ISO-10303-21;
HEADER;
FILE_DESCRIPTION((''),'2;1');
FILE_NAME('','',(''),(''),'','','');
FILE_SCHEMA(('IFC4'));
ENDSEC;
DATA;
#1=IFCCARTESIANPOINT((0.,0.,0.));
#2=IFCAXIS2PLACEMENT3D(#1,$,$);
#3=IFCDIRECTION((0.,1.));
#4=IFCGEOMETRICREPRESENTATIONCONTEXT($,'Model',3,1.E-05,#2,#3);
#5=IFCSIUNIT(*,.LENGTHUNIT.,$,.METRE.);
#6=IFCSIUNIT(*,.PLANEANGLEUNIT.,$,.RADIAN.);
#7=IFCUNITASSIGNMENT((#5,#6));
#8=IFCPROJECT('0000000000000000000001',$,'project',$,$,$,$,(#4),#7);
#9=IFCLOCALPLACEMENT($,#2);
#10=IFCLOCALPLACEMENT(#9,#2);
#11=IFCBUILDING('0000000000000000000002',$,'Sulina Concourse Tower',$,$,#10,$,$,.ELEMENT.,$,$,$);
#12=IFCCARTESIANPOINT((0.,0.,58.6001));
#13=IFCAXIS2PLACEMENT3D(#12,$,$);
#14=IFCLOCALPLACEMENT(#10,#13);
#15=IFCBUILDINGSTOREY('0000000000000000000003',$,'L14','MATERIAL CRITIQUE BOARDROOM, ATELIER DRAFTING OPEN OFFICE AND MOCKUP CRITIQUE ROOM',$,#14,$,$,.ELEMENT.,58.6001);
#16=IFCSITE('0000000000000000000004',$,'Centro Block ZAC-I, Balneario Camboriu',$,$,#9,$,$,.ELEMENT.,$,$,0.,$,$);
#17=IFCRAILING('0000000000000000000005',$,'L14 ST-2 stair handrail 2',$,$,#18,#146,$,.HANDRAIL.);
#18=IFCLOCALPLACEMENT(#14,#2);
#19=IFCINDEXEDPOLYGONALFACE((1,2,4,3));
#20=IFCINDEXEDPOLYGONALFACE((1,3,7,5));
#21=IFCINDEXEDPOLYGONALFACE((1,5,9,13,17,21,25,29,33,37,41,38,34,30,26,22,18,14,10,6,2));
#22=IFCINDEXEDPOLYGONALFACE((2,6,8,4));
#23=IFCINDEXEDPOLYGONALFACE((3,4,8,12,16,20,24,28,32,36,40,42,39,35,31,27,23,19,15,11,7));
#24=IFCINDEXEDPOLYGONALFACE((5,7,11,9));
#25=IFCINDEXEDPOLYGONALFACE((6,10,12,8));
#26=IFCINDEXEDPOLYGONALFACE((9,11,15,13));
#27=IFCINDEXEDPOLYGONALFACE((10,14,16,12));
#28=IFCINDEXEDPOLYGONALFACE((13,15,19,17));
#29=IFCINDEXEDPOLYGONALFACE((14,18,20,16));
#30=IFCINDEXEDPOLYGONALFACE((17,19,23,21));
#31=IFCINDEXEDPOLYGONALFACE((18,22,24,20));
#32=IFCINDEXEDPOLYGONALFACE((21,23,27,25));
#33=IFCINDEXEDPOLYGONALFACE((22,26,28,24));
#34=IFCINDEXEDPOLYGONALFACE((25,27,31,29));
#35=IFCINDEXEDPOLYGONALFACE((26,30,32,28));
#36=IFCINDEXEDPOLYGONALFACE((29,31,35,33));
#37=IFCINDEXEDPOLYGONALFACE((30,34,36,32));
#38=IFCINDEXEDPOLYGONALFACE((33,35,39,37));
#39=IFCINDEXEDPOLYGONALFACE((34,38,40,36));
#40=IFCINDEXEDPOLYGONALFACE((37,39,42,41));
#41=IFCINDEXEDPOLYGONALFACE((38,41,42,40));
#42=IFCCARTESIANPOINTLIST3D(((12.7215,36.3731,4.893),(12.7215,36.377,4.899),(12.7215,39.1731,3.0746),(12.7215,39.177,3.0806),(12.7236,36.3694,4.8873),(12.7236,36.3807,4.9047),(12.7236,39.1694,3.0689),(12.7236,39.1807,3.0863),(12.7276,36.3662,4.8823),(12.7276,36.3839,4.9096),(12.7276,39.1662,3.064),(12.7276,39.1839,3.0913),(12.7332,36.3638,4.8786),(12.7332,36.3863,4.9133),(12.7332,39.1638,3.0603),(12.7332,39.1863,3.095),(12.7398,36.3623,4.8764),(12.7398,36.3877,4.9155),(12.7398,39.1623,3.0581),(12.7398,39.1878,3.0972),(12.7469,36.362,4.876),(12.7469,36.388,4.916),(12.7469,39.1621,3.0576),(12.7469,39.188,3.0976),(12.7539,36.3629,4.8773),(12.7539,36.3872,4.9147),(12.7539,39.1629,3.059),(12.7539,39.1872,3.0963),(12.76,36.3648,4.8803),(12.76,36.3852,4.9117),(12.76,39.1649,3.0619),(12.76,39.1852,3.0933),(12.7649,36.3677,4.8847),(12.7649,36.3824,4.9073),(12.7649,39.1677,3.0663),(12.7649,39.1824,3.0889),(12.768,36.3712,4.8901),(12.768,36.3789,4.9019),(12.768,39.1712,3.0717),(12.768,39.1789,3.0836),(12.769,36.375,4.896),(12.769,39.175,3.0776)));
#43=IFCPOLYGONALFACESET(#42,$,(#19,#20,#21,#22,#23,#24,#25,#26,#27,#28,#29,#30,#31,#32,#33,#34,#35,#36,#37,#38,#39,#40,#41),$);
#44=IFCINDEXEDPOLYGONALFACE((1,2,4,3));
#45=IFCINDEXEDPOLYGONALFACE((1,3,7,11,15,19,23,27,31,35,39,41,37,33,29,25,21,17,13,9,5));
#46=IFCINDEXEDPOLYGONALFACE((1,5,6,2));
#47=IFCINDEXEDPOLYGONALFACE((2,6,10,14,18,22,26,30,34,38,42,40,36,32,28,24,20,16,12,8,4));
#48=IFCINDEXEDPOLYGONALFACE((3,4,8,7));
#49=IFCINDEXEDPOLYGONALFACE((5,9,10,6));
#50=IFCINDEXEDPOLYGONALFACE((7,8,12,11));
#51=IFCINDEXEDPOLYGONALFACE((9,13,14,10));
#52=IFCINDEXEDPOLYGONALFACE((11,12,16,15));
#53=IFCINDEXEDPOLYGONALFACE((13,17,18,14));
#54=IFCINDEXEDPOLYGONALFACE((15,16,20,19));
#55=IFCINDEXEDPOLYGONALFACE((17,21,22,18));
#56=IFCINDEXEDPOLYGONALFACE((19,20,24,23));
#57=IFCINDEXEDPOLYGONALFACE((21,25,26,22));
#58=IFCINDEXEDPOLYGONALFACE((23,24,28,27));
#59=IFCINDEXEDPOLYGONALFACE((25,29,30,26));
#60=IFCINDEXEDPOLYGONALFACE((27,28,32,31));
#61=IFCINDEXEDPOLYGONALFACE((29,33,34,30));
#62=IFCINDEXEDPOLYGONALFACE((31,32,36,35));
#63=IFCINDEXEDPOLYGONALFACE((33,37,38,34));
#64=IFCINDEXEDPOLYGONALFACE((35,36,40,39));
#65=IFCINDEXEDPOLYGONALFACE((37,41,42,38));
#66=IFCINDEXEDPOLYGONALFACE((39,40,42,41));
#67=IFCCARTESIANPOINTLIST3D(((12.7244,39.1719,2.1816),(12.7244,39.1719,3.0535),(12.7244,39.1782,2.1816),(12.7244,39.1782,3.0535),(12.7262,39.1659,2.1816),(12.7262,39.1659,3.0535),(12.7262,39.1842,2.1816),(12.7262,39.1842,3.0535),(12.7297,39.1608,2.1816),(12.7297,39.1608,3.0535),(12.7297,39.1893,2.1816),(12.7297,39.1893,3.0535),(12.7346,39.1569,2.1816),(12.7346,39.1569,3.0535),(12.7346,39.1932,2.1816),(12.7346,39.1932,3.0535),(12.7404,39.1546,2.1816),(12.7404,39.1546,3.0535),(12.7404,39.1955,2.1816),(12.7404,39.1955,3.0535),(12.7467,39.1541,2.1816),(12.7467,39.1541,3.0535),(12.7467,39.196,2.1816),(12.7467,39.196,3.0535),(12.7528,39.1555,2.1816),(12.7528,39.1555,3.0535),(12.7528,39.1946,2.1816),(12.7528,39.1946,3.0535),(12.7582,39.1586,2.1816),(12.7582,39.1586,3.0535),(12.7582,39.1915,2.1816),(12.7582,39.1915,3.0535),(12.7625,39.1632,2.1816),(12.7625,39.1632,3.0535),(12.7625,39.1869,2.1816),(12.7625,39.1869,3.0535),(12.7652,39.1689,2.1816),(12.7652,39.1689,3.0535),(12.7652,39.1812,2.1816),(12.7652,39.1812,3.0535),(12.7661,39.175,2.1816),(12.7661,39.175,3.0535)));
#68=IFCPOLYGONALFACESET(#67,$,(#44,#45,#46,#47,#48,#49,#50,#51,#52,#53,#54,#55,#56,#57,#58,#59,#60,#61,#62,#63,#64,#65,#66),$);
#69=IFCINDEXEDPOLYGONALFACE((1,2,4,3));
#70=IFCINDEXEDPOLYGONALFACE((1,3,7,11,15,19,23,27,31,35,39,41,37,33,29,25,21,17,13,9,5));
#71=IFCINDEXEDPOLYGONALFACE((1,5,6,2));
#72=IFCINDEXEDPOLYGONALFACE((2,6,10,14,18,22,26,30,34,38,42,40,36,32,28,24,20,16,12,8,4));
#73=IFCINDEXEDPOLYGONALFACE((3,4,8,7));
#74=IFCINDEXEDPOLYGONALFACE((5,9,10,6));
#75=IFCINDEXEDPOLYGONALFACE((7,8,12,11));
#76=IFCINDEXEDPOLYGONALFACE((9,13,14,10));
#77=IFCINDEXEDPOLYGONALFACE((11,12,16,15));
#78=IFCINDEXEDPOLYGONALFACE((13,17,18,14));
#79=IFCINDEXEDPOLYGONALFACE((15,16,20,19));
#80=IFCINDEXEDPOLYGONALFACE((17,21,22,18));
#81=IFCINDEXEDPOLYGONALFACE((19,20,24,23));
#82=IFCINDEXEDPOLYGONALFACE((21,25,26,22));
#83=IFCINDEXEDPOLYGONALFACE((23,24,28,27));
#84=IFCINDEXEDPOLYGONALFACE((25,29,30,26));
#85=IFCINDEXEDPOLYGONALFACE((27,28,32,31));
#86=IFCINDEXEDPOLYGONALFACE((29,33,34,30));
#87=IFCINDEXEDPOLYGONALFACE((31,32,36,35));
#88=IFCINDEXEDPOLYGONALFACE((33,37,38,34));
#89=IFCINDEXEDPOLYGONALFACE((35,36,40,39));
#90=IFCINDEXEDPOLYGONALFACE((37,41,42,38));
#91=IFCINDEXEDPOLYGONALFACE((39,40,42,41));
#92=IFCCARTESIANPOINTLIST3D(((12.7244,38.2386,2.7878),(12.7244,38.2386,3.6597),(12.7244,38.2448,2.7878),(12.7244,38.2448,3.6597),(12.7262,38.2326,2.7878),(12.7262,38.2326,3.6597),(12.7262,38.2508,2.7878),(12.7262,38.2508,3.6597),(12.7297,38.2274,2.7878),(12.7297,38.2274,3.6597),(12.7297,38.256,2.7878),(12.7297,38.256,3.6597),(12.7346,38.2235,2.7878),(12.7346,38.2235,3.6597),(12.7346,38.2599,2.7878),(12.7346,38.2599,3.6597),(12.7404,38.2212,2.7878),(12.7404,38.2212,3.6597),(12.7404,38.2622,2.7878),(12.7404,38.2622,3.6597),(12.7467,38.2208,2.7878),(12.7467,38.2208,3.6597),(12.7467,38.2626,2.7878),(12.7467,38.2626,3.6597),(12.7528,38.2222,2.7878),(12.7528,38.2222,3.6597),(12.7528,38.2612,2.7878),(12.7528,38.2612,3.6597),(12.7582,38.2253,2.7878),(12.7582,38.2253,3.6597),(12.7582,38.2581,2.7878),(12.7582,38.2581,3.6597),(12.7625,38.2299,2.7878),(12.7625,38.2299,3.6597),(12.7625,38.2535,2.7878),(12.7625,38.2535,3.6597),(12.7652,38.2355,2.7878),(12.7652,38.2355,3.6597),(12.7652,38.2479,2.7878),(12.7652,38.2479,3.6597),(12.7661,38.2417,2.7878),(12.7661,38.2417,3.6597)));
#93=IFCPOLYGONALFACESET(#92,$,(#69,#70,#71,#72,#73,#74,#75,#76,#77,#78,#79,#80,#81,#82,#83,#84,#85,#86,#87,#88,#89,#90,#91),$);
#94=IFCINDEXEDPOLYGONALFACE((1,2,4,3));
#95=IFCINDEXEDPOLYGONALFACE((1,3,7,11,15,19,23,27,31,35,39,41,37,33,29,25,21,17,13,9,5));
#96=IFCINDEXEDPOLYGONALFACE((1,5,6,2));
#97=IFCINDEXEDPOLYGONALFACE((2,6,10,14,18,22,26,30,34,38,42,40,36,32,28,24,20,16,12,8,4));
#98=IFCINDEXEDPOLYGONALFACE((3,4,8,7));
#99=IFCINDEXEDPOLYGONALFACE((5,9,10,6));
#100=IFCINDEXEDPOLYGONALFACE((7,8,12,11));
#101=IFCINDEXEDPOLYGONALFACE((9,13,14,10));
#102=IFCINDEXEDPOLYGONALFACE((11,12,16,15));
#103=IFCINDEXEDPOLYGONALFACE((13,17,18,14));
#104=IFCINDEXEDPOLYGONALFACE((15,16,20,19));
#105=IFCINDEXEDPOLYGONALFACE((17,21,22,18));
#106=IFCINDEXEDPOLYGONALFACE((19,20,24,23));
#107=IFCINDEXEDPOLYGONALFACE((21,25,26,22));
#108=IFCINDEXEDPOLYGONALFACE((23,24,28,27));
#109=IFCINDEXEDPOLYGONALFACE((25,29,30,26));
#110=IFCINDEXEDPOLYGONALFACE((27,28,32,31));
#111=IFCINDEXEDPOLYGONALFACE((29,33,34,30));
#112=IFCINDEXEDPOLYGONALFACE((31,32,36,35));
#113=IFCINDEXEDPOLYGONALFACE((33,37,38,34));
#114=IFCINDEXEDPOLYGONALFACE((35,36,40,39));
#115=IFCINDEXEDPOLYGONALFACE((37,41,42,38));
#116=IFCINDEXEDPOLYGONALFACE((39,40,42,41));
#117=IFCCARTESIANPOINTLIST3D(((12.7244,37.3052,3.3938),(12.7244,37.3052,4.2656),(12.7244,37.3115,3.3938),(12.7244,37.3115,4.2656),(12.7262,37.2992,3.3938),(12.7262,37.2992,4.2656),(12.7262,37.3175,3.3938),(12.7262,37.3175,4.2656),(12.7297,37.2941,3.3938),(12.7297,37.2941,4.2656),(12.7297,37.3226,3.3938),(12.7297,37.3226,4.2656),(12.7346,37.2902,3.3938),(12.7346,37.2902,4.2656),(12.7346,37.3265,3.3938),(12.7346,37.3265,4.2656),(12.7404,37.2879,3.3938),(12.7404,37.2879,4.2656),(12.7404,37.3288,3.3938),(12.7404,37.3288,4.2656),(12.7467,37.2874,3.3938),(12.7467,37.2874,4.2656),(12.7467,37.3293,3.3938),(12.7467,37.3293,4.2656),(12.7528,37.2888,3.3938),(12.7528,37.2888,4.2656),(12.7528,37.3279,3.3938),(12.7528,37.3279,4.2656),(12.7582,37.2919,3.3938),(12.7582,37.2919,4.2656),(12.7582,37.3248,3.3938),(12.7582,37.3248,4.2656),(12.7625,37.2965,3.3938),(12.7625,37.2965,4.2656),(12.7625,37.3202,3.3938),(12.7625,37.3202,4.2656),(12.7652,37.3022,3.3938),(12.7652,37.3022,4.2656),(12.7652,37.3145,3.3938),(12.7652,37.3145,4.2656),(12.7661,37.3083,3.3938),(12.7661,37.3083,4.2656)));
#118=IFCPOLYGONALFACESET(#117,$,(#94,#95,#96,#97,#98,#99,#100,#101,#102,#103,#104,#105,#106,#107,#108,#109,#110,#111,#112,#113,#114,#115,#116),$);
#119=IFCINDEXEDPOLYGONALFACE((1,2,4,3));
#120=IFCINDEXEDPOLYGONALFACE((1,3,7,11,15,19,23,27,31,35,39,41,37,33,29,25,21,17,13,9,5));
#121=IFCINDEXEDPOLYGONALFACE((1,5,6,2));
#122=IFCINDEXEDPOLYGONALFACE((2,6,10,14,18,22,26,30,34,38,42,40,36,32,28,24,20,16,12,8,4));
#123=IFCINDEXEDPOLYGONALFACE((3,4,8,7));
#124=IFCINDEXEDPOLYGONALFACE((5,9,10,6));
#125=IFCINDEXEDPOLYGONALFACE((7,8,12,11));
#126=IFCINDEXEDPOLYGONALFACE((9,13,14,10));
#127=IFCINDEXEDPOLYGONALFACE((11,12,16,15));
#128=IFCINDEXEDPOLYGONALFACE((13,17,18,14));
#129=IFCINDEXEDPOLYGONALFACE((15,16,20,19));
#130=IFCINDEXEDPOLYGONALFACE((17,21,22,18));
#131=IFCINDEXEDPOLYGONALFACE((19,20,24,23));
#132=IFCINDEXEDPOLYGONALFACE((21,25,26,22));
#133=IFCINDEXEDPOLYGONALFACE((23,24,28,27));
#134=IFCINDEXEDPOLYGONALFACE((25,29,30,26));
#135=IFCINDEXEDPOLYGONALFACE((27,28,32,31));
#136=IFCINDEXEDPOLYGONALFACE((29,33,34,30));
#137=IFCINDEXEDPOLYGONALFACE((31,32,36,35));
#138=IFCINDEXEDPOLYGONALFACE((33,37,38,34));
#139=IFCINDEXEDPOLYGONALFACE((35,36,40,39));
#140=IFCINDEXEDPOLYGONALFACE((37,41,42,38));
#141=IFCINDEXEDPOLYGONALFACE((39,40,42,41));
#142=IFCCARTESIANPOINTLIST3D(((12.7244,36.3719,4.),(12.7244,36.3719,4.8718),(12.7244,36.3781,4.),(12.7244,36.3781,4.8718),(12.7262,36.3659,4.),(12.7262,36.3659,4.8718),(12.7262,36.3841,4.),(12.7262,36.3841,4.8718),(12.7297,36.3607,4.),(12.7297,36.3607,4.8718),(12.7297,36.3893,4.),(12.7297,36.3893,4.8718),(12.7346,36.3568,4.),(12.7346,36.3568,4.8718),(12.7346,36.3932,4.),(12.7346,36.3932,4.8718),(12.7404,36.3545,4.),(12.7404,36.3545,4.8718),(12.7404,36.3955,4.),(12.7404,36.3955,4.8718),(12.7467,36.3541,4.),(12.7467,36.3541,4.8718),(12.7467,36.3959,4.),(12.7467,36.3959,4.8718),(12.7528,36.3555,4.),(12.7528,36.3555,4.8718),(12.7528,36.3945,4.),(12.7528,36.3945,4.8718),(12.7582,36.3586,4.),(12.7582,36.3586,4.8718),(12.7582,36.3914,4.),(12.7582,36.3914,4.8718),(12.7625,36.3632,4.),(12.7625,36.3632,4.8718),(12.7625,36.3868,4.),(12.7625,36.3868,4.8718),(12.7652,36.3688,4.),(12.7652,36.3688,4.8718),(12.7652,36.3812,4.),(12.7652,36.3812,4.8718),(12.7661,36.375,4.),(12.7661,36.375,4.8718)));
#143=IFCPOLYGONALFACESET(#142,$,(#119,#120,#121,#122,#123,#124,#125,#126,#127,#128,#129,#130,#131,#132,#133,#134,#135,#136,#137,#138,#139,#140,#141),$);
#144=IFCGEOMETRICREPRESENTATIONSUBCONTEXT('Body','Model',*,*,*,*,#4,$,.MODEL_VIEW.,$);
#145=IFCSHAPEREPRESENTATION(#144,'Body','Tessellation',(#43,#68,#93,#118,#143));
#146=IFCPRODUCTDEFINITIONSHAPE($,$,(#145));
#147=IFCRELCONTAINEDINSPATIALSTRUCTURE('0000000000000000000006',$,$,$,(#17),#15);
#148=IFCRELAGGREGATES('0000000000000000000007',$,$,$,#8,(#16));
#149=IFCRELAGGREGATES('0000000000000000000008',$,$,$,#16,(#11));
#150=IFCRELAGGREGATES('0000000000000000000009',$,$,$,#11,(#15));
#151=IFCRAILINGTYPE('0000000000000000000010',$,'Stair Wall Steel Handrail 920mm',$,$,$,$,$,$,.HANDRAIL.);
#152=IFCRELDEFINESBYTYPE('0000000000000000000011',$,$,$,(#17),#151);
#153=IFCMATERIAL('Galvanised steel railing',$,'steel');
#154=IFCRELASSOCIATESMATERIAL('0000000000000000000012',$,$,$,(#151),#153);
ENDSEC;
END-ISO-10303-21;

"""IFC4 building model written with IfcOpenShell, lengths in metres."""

from ifc_helpers import new_model, si_unit, direction, frame, origin, origin_2d, place, context, subcontext, project, spatial, circle, extrude, material, type_object, element, save


model = new_model("IFC4")

# Units and contexts
model_context = context("Model", 3, precision=1e-05, world=origin(), true_north=direction((0.0, 1.0)))
body_context = subcontext(model_context, "Body", "Model", "MODEL_VIEW")
ifc_project = project(units=[si_unit("LENGTHUNIT", "METRE"), si_unit("PLANEANGLEUNIT", "RADIAN")], contexts=[model_context])

# Site, building, storey
site_placement = place(None, origin())
site = spatial("IfcSite", under=ifc_project, at=site_placement, Name="Centro Block ZAC-I, Balneario Camboriu", CompositionType="ELEMENT", RefElevation=0.0)
building_placement = place(site_placement, origin())
building = spatial("IfcBuilding", under=site, at=building_placement, Name="Sulina Concourse Tower", CompositionType="ELEMENT")
storey_placement = place(building_placement, frame((0.0, 0.0, 58.6001)))
storey = spatial("IfcBuildingStorey", under=building, at=storey_placement, Name="L14", Description="MATERIAL CRITIQUE BOARDROOM, ATELIER DRAFTING OPEN OFFICE AND MOCKUP CRITIQUE ROOM", CompositionType="ELEMENT", Elevation=58.6001)

# Railing
ifc_material_1 = material(Name="Galvanised steel railing", Category="steel")
railing_type_1 = type_object("IfcRailingType", Name="Stair Wall Steel Handrail 920mm", PredefinedType="HANDRAIL", material=ifc_material_1)
railing_1_placement = place(storey_placement, frame((12.7451, 39.175, 2.1816)))
element("IfcRailing", 1, at=railing_1_placement, inside=storey, type_object=railing_type_1, Name="L14 ST-2 stair handrail 2", PredefinedType="HANDRAIL", context=body_context, shape_type="SweptSolid", body=[
    extrude(circle(Radius=0.0239, at=origin_2d()), frame((0.0, 0.0, 0.896), z_axis=(0.0, -0.838672, 0.544636), x_axis=(1.0, 0.0, 0.0)), (0.0, 0.0, 1.0), 3.3386),
    extrude(circle(Radius=0.021, at=origin_2d()), origin(), (0.0, 0.0, 1.0), 0.8718),
    extrude(circle(Radius=0.021, at=origin_2d()), frame((0.0, -0.9333, 0.6062)), (0.0, 0.0, 1.0), 0.8718),
    extrude(circle(Radius=0.021, at=origin_2d()), frame((0.0, -1.8667, 1.2122)), (0.0, 0.0, 1.0), 0.8718),
    extrude(circle(Radius=0.021, at=origin_2d()), frame((0.0, -2.8, 1.8184)), (0.0, 0.0, 1.0), 0.8718),
])

save(model, "model.ifc")
